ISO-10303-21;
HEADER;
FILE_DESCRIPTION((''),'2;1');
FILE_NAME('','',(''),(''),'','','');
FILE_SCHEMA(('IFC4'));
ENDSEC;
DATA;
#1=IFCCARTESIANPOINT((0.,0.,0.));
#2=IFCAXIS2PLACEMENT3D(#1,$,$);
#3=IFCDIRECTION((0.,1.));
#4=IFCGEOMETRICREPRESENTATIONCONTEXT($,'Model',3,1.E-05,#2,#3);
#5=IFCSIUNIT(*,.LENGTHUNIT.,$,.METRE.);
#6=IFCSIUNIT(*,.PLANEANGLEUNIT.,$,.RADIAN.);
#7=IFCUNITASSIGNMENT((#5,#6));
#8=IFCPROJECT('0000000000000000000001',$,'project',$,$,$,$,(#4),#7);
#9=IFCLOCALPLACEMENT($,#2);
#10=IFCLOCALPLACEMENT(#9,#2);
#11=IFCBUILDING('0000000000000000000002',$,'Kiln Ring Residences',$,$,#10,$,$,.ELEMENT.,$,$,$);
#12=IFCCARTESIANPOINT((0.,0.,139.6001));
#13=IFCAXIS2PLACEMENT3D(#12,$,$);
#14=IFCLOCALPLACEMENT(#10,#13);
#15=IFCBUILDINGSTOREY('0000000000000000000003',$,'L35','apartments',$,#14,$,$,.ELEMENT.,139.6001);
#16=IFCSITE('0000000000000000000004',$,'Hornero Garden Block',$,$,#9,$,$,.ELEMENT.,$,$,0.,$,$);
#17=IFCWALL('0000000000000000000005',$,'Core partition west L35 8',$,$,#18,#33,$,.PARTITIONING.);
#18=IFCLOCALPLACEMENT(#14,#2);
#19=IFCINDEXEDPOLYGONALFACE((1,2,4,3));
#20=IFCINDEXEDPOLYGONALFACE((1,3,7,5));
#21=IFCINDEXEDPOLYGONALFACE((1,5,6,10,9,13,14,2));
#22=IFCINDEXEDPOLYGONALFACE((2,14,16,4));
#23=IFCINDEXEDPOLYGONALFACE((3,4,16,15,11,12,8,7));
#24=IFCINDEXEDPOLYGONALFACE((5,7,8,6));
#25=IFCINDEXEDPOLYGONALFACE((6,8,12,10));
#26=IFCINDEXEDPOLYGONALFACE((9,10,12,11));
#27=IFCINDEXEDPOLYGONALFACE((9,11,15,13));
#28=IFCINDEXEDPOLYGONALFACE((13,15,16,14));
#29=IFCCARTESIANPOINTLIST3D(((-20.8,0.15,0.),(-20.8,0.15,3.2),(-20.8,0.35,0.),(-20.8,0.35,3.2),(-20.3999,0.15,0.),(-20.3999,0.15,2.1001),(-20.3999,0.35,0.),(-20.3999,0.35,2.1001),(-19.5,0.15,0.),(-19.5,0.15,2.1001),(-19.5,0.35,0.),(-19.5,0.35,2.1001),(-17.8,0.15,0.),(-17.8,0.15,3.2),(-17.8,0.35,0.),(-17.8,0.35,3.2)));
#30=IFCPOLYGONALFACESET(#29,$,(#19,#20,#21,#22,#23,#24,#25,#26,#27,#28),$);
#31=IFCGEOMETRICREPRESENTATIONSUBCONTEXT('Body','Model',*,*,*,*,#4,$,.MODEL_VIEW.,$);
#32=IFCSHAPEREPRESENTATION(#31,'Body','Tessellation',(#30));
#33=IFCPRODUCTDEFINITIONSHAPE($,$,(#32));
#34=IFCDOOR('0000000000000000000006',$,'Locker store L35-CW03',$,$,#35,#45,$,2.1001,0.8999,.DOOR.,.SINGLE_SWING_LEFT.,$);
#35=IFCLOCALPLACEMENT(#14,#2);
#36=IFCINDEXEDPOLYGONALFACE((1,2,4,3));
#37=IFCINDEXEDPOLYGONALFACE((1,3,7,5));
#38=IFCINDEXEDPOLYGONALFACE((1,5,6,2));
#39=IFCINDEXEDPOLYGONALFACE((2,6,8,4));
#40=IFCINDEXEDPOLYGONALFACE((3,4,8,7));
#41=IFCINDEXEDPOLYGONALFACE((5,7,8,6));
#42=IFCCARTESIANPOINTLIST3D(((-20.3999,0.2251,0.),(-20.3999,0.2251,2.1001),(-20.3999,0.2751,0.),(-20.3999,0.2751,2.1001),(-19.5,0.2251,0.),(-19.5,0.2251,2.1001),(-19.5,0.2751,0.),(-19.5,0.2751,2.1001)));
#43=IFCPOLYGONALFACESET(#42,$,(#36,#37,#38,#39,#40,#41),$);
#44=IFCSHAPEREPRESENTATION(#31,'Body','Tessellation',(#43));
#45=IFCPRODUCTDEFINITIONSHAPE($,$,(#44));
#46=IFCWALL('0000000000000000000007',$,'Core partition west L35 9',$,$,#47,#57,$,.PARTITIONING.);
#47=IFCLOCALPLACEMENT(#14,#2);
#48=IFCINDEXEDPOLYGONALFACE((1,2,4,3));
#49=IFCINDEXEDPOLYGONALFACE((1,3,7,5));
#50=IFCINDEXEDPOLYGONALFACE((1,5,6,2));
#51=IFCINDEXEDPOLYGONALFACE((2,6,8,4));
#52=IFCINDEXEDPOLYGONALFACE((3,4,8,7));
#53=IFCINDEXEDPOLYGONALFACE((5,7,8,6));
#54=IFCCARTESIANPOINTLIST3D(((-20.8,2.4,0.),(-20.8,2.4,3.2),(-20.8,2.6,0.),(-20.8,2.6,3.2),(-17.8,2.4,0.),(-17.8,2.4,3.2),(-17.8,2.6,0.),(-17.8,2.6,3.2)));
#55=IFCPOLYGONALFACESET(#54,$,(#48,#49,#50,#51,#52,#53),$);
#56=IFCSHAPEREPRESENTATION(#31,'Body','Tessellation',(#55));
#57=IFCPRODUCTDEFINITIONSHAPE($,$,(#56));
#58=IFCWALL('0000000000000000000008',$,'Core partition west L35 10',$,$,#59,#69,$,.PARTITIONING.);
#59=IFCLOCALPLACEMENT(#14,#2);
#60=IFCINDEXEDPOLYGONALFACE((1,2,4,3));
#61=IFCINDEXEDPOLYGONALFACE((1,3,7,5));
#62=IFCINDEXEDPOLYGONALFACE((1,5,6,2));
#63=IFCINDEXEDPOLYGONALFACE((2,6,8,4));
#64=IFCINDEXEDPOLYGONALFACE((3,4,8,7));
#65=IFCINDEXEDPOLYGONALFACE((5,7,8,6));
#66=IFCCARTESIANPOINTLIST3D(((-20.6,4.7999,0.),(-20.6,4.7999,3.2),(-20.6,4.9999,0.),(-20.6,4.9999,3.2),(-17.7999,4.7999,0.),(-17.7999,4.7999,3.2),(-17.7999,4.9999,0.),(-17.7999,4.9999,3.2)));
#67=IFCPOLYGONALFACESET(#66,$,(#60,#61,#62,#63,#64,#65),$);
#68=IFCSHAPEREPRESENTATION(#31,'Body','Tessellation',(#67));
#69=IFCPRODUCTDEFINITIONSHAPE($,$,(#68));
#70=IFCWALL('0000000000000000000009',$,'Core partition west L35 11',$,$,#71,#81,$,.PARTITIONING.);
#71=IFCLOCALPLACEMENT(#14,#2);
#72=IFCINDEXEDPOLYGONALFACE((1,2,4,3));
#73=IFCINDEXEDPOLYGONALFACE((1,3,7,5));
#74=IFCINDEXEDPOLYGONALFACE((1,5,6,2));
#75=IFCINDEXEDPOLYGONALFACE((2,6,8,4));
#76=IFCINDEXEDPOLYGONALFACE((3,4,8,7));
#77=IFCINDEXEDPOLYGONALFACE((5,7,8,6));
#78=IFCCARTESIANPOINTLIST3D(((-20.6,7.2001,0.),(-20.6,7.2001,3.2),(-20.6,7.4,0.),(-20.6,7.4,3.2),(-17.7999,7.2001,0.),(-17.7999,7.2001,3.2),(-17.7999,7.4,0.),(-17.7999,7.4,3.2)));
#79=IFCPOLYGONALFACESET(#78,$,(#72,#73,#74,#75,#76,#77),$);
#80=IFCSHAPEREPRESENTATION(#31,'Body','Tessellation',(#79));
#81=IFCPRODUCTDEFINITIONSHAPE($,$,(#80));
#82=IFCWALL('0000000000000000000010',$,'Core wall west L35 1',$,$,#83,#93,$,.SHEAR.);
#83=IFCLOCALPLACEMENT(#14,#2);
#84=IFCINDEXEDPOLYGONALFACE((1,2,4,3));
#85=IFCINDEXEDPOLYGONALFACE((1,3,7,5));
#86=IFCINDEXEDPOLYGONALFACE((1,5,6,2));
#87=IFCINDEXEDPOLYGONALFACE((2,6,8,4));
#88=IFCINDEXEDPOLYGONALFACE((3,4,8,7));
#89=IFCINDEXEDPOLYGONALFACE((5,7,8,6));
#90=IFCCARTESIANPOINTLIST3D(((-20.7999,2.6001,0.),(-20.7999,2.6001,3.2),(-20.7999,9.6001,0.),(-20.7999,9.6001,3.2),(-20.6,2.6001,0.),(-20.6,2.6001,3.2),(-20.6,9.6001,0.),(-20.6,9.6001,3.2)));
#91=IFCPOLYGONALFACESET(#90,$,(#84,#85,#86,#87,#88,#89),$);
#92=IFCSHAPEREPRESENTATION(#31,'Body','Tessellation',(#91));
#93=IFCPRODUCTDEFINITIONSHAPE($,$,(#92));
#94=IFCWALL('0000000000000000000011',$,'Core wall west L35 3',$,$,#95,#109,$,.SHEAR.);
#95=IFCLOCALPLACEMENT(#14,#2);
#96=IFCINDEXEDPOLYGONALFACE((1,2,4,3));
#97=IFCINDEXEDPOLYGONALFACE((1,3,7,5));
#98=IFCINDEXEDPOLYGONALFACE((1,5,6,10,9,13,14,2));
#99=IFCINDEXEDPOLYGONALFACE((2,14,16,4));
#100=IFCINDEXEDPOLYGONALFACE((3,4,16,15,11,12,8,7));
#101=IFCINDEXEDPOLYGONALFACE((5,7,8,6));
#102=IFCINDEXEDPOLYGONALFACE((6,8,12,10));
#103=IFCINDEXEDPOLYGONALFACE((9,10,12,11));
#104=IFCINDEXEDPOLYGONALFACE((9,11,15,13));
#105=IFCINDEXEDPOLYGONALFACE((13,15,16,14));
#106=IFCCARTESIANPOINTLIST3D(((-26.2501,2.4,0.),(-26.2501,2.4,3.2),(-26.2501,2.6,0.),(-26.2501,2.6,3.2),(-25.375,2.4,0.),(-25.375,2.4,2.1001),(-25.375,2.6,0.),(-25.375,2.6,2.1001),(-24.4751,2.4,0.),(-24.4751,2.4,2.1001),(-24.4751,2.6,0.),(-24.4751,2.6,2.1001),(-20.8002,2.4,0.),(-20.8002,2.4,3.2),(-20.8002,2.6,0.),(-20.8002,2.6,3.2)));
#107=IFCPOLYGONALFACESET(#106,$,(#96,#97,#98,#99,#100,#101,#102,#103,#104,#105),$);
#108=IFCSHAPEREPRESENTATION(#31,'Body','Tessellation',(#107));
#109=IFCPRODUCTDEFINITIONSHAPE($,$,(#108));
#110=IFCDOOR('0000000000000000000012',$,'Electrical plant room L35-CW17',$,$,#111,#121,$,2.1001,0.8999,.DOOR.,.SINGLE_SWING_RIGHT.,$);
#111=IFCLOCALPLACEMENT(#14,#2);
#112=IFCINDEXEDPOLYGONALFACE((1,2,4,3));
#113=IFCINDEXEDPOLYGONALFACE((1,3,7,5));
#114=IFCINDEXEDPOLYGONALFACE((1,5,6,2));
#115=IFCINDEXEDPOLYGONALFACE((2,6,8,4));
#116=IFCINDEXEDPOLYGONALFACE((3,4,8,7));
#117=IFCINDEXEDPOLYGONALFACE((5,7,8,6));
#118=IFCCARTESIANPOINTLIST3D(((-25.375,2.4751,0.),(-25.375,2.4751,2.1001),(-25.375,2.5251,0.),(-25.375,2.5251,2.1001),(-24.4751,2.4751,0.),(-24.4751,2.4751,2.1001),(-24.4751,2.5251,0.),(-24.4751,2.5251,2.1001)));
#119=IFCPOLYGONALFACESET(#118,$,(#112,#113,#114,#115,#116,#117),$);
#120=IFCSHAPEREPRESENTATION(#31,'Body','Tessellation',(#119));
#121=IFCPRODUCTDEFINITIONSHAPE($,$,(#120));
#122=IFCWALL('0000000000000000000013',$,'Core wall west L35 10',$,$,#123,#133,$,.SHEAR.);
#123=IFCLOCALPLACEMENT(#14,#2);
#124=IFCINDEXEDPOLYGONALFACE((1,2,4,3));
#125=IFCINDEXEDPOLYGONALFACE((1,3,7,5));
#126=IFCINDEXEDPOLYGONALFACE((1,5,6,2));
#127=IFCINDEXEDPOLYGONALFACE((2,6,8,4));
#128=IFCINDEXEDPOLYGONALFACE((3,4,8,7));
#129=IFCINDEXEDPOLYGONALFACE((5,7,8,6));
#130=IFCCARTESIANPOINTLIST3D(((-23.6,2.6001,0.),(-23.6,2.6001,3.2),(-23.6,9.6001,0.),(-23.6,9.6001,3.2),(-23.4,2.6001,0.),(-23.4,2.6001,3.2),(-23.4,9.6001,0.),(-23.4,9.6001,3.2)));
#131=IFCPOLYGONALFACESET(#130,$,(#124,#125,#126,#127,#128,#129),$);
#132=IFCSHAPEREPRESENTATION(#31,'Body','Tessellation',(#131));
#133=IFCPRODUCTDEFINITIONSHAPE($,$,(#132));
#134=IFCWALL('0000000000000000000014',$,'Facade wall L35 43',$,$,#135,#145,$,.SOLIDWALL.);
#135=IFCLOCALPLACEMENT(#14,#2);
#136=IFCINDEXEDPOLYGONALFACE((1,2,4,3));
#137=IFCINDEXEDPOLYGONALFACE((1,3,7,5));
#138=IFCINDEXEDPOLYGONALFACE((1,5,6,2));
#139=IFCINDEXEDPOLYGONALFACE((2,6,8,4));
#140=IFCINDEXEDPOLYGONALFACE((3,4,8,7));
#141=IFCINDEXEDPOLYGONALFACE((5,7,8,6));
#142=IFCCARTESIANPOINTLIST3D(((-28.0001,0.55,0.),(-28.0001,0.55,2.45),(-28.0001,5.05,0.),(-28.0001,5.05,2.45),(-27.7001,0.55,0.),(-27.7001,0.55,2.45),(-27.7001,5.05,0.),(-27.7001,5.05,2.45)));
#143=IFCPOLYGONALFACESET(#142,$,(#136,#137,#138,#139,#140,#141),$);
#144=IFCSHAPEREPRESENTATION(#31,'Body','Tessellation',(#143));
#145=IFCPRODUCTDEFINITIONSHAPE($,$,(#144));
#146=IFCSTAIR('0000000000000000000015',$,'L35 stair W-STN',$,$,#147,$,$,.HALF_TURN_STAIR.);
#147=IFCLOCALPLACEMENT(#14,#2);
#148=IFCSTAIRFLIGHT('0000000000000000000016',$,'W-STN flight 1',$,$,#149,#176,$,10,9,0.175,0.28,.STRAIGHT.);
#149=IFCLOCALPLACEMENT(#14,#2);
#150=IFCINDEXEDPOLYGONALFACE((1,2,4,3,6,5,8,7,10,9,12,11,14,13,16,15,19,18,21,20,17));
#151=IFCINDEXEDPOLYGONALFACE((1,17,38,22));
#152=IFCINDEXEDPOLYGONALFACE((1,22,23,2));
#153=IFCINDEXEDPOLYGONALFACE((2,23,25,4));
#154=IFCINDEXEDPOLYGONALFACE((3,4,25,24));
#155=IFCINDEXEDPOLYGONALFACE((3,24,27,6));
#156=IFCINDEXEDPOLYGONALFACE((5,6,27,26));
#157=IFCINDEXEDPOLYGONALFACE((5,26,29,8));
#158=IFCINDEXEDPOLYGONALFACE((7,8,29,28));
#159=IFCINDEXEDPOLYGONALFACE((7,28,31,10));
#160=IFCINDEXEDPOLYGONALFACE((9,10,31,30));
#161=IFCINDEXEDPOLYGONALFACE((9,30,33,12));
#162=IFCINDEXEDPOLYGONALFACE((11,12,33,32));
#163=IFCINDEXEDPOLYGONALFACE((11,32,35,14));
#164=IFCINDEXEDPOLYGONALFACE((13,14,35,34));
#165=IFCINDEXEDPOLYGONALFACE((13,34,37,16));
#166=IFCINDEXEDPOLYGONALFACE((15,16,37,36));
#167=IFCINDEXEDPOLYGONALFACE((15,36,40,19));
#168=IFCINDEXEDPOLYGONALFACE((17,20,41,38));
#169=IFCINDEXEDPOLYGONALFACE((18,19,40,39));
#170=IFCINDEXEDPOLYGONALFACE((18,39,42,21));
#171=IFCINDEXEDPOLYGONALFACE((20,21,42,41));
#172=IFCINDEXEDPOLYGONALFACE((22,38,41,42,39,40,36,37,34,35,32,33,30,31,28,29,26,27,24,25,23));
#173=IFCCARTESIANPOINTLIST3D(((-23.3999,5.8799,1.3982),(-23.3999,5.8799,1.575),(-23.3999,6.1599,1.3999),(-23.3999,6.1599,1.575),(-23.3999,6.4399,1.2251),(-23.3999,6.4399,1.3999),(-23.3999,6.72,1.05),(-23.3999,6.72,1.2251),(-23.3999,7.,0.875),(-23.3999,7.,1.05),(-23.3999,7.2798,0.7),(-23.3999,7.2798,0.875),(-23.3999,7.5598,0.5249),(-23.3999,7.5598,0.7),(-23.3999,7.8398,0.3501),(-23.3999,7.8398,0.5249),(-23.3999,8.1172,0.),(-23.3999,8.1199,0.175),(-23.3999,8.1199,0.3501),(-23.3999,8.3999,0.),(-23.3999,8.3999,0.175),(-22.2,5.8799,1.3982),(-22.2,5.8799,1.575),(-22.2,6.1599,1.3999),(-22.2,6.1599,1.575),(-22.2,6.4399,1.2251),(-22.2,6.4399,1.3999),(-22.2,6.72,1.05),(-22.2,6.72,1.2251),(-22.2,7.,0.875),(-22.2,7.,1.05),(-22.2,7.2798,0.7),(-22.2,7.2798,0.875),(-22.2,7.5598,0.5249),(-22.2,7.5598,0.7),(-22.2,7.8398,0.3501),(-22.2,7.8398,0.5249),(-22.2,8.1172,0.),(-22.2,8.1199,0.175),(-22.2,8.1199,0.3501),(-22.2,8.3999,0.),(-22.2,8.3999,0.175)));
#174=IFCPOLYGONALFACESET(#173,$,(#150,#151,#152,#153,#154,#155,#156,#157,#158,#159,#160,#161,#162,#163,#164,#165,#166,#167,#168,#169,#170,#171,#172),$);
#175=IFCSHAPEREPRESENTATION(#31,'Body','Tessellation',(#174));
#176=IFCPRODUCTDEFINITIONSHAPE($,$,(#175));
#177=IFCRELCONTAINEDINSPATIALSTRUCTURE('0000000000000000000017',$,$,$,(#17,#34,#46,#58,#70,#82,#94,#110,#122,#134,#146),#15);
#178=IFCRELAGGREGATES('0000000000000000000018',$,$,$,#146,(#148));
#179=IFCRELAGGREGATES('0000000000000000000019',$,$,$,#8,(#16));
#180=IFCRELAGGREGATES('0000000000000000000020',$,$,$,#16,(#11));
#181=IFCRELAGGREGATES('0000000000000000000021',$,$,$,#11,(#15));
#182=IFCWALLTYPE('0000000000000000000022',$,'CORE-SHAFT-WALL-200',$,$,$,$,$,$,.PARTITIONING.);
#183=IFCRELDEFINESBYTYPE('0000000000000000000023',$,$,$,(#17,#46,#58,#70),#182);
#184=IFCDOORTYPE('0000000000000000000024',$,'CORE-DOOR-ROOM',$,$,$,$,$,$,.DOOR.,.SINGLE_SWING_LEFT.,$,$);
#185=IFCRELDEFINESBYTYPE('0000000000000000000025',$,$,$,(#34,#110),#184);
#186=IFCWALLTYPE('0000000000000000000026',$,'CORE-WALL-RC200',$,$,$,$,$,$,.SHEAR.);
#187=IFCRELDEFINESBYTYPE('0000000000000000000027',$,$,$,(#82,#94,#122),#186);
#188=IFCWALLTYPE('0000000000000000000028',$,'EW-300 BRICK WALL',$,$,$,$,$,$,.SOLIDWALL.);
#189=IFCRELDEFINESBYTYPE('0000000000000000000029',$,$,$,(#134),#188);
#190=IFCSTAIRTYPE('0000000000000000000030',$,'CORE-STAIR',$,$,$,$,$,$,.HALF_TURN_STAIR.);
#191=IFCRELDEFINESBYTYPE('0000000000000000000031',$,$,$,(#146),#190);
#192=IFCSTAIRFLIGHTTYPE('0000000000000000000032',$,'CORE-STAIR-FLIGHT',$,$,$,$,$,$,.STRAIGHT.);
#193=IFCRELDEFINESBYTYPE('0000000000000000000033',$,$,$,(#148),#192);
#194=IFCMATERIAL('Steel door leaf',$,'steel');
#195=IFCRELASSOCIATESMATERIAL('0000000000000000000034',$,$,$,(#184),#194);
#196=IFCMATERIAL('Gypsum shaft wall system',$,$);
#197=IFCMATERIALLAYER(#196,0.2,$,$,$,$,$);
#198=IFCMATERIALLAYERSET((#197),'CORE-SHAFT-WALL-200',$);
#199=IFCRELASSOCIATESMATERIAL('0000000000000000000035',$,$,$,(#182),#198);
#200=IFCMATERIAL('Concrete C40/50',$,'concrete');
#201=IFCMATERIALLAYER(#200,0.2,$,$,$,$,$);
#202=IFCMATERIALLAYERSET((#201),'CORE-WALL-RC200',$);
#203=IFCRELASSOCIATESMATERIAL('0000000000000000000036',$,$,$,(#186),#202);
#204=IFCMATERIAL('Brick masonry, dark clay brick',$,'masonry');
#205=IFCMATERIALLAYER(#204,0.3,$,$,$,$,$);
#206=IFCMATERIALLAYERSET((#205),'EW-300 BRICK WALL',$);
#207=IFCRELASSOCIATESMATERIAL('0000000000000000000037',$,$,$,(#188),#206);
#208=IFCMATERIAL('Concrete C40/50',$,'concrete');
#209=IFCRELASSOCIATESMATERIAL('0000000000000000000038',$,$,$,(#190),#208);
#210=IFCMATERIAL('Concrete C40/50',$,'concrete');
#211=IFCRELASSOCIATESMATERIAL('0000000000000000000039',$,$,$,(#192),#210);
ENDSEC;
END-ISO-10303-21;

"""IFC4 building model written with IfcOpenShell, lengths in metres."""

from ifc_helpers import new_model, si_unit, direction, frame, frame_2d, origin, place, context, subcontext, project, spatial, polyline, rectangle, outline, extrude, material, layer, layer_set, type_object, element, fill, aggregate, save


model = new_model("IFC4")

# Units and contexts
model_context = context("Model", 3, precision=1e-05, world=origin(), true_north=direction((0.0, 1.0)))
body_context = subcontext(model_context, "Body", "Model", "MODEL_VIEW")
ifc_project = project(units=[si_unit("LENGTHUNIT", "METRE"), si_unit("PLANEANGLEUNIT", "RADIAN")], contexts=[model_context])

# Site, building, storey
site_placement = place(None, origin())
site = spatial("IfcSite", under=ifc_project, at=site_placement, Name="Hornero Garden Block", CompositionType="ELEMENT", RefElevation=0.0)
building_placement = place(site_placement, origin())
building = spatial("IfcBuilding", under=site, at=building_placement, Name="Kiln Ring Residences", CompositionType="ELEMENT")
storey_placement = place(building_placement, frame((0.0, 0.0, 139.6001)))
storey = spatial("IfcBuildingStorey", under=building, at=storey_placement, Name="L35", Description="apartments", CompositionType="ELEMENT", Elevation=139.6001)

# Shared definitions
ifc_material_1 = material(Name="Steel door leaf", Category="steel")
door_type = type_object("IfcDoorType", Name="CORE-DOOR-ROOM", OperationType="SINGLE_SWING_LEFT", PredefinedType="DOOR", material=ifc_material_1)

# Wall, opening, door
ifc_material_2 = material(Name="Gypsum shaft wall system")
ifc_layer_1 = layer(ifc_material_2, 0.2)
ifc_layer_set_1 = layer_set([ifc_layer_1], Name="CORE-SHAFT-WALL-200")
wall_type_1 = type_object("IfcWallType", Name="CORE-SHAFT-WALL-200", PredefinedType="PARTITIONING", material=ifc_layer_set_1)
wall_1_placement = place(storey_placement, frame((-17.8, 0.25, 0.0), z_axis=(0.0, 0.0, 1.0), x_axis=(-1.0, 0.0, 0.0)))
wall_1 = element("IfcWall", 1, at=wall_1_placement, inside=storey, type_object=wall_type_1, Name="Core partition west L35 8", PredefinedType="PARTITIONING", context=body_context, shape_type="SweptSolid", body=[
    extrude(rectangle(XDim=3.0, YDim=0.2, at=frame_2d((1.5, 0.0))), origin(), (0.0, 0.0, 1.0), 3.2),
])
opening_1_placement = place(wall_1_placement, frame((1.7, 0.0, 0.0)))
opening_1 = element("IfcOpeningElement", 2, at=opening_1_placement, cuts=wall_1, PredefinedType="OPENING", context=body_context, shape_type="SweptSolid", body=[
    extrude(rectangle(XDim=0.8999, YDim=2.1001, at=frame_2d((0.45, 1.05))), frame((0.0, 0.1099, 0.0), z_axis=(0.0, -1.0, 0.0), x_axis=(1.0, 0.0, 0.0)), (0.0, 0.0, 1.0), 0.22),
])
door_1_placement = place(opening_1_placement, origin())
door_1 = element("IfcDoor", 3, at=door_1_placement, inside=storey, type_object=door_type, Name="Locker store L35-CW03", OperationType="SINGLE_SWING_LEFT", OverallHeight=2.1001, OverallWidth=0.8999, PredefinedType="DOOR", context=body_context, shape_type="SweptSolid", body=[
    extrude(rectangle(XDim=0.8999, YDim=2.1001, at=frame_2d((0.45, 1.05))), frame((0.0, 0.0249, 0.0), z_axis=(0.0, -1.0, 0.0), x_axis=(1.0, 0.0, 0.0)), (0.0, 0.0, 1.0), 0.05),
])
fill(opening_1, door_1)

# Walls
wall_2_placement = place(storey_placement, frame((-17.8, 2.5, 0.0), z_axis=(0.0, 0.0, 1.0), x_axis=(-1.0, 0.0, 0.0)))
element("IfcWall", 4, at=wall_2_placement, inside=storey, type_object=wall_type_1, Name="Core partition west L35 9", PredefinedType="PARTITIONING", context=body_context, shape_type="SweptSolid", body=[
    extrude(rectangle(XDim=3.0, YDim=0.2, at=frame_2d((1.5, 0.0))), origin(), (0.0, 0.0, 1.0), 3.2),
])
for number, where, z_axis, x_axis, name in (
    (5, (-17.8, 4.8999, 0.0), (0.0, 0.0, 1.0), (-1.0, 0.0, 0.0), "Core partition west L35 10"),
    (6, (-17.8, 7.3, 0.0), (0.0, 0.0, 1.0), (-1.0, 0.0, 0.0), "Core partition west L35 11"),
):
    element("IfcWall", number, at=place(storey_placement, frame(where, z_axis=z_axis, x_axis=x_axis)), inside=storey, type_object=wall_type_1, Name=name, PredefinedType="PARTITIONING", context=body_context, shape_type="SweptSolid", body=[
        extrude(rectangle(XDim=2.8, YDim=0.2, at=frame_2d((1.3999, 0.0))), origin(), (0.0, 0.0, 1.0), 3.2),
    ])
ifc_material_3 = material(Name="Concrete C40/50", Category="concrete")
ifc_layer_2 = layer(ifc_material_3, 0.2)
ifc_layer_set_2 = layer_set([ifc_layer_2], Name="CORE-WALL-RC200")
wall_type_2 = type_object("IfcWallType", Name="CORE-WALL-RC200", PredefinedType="SHEAR", material=ifc_layer_set_2)
wall_3_placement = place(storey_placement, frame((-20.7, 2.6001, 0.0), z_axis=(0.0, 0.0, 1.0), x_axis=(0.0, 1.0, 0.0)))
element("IfcWall", 7, at=wall_3_placement, inside=storey, type_object=wall_type_2, Name="Core wall west L35 1", PredefinedType="SHEAR", context=body_context, shape_type="SweptSolid", body=[
    extrude(rectangle(XDim=7.0, YDim=0.2, at=frame_2d((3.5, 0.0))), origin(), (0.0, 0.0, 1.0), 3.2),
])

# Wall, opening, door
wall_4_placement = place(storey_placement, frame((-20.8, 2.5, 0.0), z_axis=(0.0, 0.0, 1.0), x_axis=(-1.0, 0.0, 0.0)))
wall_4 = element("IfcWall", 8, at=wall_4_placement, inside=storey, type_object=wall_type_2, Name="Core wall west L35 3", PredefinedType="SHEAR", context=body_context, shape_type="SweptSolid", body=[
    extrude(rectangle(XDim=5.45, YDim=0.2, at=frame_2d((2.7251, 0.0))), origin(), (0.0, 0.0, 1.0), 3.2),
])
opening_2_placement = place(wall_4_placement, frame((3.675, 0.0, 0.0)))
opening_2 = element("IfcOpeningElement", 9, at=opening_2_placement, cuts=wall_4, PredefinedType="OPENING", context=body_context, shape_type="SweptSolid", body=[
    extrude(rectangle(XDim=0.8999, YDim=2.1001, at=frame_2d((0.45, 1.05))), frame((0.0, 0.1099, 0.0), z_axis=(0.0, -1.0, 0.0), x_axis=(1.0, 0.0, 0.0)), (0.0, 0.0, 1.0), 0.22),
])
door_2_placement = place(opening_2_placement, origin())
door_2 = element("IfcDoor", 10, at=door_2_placement, inside=storey, type_object=door_type, Name="Electrical plant room L35-CW17", OperationType="SINGLE_SWING_RIGHT", OverallHeight=2.1001, OverallWidth=0.8999, PredefinedType="DOOR", context=body_context, shape_type="SweptSolid", body=[
    extrude(rectangle(XDim=0.8999, YDim=2.1001, at=frame_2d((0.45, 1.05))), frame((0.0, 0.0249, 0.0), z_axis=(0.0, -1.0, 0.0), x_axis=(1.0, 0.0, 0.0)), (0.0, 0.0, 1.0), 0.05),
])
fill(opening_2, door_2)

# Walls
wall_5_placement = place(storey_placement, frame((-23.5, 2.6001, 0.0), z_axis=(0.0, 0.0, 1.0), x_axis=(0.0, 1.0, 0.0)))
element("IfcWall", 11, at=wall_5_placement, inside=storey, type_object=wall_type_2, Name="Core wall west L35 10", PredefinedType="SHEAR", context=body_context, shape_type="SweptSolid", body=[
    extrude(rectangle(XDim=7.0, YDim=0.2, at=frame_2d((3.5, 0.0))), origin(), (0.0, 0.0, 1.0), 3.2),
])
ifc_material_4 = material(Name="Brick masonry, dark clay brick", Category="masonry")
ifc_layer_3 = layer(ifc_material_4, 0.3)
ifc_layer_set_3 = layer_set([ifc_layer_3], Name="EW-300 BRICK WALL")
wall_type_3 = type_object("IfcWallType", Name="EW-300 BRICK WALL", PredefinedType="SOLIDWALL", material=ifc_layer_set_3)
wall_6_placement = place(storey_placement, frame((-27.8501, 5.05, 0.0), z_axis=(0.0, 0.0, 1.0), x_axis=(0.0, -1.0, 0.0)))
element("IfcWall", 12, at=wall_6_placement, inside=storey, type_object=wall_type_3, Name="Facade wall L35 43", PredefinedType="SOLIDWALL", context=body_context, shape_type="SweptSolid", body=[
    extrude(rectangle(XDim=4.5, YDim=0.3, at=frame_2d((2.25, 0.0))), origin(), (0.0, 0.0, 1.0), 2.45),
])

# Stair, stair flight
ifc_material_5 = material(Name="Concrete C40/50", Category="concrete")
stair_type = type_object("IfcStairType", Name="CORE-STAIR", PredefinedType="HALF_TURN_STAIR", material=ifc_material_5)
stair_placement = place(storey_placement, origin())
stair = element("IfcStair", 13, at=stair_placement, inside=storey, type_object=stair_type, Name="L35 stair W-STN", PredefinedType="HALF_TURN_STAIR")
ifc_material_6 = material(Name="Concrete C40/50", Category="concrete")
stair_flight_type = type_object("IfcStairFlightType", Name="CORE-STAIR-FLIGHT", PredefinedType="STRAIGHT", material=ifc_material_6)
stair_flight_1_placement = place(storey_placement, frame((-22.8, 8.3999, 0.0), z_axis=(0.0, 0.0, 1.0), x_axis=(0.0, -1.0, 0.0)))
stair_flight_1 = element("IfcStairFlight", 14, at=stair_flight_1_placement, type_object=stair_flight_type, Name="W-STN flight 1", NumberOfRisers=10, NumberOfTreads=9, PredefinedType="STRAIGHT", RiserHeight=0.175, TreadLength=0.28, context=body_context, shape_type="SweptSolid", body=[
    extrude(outline(polyline([(0.0, 0.0), (0.0, 0.175), (0.28, 0.175), (0.28, 0.3501), (0.5601, 0.3501), (0.5601, 0.5249), (0.8401, 0.5249), (0.8401, 0.7), (1.1201, 0.7), (1.1201, 0.875), (1.3999, 0.875), (1.3999, 1.05), (1.6799, 1.05), (1.6799, 1.2251), (1.96, 1.2251), (1.96, 1.3999), (2.24, 1.3999), (2.24, 1.575), (2.52, 1.575), (2.52, 1.75), (2.52, 1.3982), (0.2827, 0.0), (0.0, 0.0)])), frame((0.0, 0.6001, 0.0), z_axis=(0.0, -1.0, 0.0), x_axis=(1.0, 0.0, 0.0)), (0.0, 0.0, 1.0), 1.2),
])
aggregate(stair, [stair_flight_1])

save(model, "model.ifc")
